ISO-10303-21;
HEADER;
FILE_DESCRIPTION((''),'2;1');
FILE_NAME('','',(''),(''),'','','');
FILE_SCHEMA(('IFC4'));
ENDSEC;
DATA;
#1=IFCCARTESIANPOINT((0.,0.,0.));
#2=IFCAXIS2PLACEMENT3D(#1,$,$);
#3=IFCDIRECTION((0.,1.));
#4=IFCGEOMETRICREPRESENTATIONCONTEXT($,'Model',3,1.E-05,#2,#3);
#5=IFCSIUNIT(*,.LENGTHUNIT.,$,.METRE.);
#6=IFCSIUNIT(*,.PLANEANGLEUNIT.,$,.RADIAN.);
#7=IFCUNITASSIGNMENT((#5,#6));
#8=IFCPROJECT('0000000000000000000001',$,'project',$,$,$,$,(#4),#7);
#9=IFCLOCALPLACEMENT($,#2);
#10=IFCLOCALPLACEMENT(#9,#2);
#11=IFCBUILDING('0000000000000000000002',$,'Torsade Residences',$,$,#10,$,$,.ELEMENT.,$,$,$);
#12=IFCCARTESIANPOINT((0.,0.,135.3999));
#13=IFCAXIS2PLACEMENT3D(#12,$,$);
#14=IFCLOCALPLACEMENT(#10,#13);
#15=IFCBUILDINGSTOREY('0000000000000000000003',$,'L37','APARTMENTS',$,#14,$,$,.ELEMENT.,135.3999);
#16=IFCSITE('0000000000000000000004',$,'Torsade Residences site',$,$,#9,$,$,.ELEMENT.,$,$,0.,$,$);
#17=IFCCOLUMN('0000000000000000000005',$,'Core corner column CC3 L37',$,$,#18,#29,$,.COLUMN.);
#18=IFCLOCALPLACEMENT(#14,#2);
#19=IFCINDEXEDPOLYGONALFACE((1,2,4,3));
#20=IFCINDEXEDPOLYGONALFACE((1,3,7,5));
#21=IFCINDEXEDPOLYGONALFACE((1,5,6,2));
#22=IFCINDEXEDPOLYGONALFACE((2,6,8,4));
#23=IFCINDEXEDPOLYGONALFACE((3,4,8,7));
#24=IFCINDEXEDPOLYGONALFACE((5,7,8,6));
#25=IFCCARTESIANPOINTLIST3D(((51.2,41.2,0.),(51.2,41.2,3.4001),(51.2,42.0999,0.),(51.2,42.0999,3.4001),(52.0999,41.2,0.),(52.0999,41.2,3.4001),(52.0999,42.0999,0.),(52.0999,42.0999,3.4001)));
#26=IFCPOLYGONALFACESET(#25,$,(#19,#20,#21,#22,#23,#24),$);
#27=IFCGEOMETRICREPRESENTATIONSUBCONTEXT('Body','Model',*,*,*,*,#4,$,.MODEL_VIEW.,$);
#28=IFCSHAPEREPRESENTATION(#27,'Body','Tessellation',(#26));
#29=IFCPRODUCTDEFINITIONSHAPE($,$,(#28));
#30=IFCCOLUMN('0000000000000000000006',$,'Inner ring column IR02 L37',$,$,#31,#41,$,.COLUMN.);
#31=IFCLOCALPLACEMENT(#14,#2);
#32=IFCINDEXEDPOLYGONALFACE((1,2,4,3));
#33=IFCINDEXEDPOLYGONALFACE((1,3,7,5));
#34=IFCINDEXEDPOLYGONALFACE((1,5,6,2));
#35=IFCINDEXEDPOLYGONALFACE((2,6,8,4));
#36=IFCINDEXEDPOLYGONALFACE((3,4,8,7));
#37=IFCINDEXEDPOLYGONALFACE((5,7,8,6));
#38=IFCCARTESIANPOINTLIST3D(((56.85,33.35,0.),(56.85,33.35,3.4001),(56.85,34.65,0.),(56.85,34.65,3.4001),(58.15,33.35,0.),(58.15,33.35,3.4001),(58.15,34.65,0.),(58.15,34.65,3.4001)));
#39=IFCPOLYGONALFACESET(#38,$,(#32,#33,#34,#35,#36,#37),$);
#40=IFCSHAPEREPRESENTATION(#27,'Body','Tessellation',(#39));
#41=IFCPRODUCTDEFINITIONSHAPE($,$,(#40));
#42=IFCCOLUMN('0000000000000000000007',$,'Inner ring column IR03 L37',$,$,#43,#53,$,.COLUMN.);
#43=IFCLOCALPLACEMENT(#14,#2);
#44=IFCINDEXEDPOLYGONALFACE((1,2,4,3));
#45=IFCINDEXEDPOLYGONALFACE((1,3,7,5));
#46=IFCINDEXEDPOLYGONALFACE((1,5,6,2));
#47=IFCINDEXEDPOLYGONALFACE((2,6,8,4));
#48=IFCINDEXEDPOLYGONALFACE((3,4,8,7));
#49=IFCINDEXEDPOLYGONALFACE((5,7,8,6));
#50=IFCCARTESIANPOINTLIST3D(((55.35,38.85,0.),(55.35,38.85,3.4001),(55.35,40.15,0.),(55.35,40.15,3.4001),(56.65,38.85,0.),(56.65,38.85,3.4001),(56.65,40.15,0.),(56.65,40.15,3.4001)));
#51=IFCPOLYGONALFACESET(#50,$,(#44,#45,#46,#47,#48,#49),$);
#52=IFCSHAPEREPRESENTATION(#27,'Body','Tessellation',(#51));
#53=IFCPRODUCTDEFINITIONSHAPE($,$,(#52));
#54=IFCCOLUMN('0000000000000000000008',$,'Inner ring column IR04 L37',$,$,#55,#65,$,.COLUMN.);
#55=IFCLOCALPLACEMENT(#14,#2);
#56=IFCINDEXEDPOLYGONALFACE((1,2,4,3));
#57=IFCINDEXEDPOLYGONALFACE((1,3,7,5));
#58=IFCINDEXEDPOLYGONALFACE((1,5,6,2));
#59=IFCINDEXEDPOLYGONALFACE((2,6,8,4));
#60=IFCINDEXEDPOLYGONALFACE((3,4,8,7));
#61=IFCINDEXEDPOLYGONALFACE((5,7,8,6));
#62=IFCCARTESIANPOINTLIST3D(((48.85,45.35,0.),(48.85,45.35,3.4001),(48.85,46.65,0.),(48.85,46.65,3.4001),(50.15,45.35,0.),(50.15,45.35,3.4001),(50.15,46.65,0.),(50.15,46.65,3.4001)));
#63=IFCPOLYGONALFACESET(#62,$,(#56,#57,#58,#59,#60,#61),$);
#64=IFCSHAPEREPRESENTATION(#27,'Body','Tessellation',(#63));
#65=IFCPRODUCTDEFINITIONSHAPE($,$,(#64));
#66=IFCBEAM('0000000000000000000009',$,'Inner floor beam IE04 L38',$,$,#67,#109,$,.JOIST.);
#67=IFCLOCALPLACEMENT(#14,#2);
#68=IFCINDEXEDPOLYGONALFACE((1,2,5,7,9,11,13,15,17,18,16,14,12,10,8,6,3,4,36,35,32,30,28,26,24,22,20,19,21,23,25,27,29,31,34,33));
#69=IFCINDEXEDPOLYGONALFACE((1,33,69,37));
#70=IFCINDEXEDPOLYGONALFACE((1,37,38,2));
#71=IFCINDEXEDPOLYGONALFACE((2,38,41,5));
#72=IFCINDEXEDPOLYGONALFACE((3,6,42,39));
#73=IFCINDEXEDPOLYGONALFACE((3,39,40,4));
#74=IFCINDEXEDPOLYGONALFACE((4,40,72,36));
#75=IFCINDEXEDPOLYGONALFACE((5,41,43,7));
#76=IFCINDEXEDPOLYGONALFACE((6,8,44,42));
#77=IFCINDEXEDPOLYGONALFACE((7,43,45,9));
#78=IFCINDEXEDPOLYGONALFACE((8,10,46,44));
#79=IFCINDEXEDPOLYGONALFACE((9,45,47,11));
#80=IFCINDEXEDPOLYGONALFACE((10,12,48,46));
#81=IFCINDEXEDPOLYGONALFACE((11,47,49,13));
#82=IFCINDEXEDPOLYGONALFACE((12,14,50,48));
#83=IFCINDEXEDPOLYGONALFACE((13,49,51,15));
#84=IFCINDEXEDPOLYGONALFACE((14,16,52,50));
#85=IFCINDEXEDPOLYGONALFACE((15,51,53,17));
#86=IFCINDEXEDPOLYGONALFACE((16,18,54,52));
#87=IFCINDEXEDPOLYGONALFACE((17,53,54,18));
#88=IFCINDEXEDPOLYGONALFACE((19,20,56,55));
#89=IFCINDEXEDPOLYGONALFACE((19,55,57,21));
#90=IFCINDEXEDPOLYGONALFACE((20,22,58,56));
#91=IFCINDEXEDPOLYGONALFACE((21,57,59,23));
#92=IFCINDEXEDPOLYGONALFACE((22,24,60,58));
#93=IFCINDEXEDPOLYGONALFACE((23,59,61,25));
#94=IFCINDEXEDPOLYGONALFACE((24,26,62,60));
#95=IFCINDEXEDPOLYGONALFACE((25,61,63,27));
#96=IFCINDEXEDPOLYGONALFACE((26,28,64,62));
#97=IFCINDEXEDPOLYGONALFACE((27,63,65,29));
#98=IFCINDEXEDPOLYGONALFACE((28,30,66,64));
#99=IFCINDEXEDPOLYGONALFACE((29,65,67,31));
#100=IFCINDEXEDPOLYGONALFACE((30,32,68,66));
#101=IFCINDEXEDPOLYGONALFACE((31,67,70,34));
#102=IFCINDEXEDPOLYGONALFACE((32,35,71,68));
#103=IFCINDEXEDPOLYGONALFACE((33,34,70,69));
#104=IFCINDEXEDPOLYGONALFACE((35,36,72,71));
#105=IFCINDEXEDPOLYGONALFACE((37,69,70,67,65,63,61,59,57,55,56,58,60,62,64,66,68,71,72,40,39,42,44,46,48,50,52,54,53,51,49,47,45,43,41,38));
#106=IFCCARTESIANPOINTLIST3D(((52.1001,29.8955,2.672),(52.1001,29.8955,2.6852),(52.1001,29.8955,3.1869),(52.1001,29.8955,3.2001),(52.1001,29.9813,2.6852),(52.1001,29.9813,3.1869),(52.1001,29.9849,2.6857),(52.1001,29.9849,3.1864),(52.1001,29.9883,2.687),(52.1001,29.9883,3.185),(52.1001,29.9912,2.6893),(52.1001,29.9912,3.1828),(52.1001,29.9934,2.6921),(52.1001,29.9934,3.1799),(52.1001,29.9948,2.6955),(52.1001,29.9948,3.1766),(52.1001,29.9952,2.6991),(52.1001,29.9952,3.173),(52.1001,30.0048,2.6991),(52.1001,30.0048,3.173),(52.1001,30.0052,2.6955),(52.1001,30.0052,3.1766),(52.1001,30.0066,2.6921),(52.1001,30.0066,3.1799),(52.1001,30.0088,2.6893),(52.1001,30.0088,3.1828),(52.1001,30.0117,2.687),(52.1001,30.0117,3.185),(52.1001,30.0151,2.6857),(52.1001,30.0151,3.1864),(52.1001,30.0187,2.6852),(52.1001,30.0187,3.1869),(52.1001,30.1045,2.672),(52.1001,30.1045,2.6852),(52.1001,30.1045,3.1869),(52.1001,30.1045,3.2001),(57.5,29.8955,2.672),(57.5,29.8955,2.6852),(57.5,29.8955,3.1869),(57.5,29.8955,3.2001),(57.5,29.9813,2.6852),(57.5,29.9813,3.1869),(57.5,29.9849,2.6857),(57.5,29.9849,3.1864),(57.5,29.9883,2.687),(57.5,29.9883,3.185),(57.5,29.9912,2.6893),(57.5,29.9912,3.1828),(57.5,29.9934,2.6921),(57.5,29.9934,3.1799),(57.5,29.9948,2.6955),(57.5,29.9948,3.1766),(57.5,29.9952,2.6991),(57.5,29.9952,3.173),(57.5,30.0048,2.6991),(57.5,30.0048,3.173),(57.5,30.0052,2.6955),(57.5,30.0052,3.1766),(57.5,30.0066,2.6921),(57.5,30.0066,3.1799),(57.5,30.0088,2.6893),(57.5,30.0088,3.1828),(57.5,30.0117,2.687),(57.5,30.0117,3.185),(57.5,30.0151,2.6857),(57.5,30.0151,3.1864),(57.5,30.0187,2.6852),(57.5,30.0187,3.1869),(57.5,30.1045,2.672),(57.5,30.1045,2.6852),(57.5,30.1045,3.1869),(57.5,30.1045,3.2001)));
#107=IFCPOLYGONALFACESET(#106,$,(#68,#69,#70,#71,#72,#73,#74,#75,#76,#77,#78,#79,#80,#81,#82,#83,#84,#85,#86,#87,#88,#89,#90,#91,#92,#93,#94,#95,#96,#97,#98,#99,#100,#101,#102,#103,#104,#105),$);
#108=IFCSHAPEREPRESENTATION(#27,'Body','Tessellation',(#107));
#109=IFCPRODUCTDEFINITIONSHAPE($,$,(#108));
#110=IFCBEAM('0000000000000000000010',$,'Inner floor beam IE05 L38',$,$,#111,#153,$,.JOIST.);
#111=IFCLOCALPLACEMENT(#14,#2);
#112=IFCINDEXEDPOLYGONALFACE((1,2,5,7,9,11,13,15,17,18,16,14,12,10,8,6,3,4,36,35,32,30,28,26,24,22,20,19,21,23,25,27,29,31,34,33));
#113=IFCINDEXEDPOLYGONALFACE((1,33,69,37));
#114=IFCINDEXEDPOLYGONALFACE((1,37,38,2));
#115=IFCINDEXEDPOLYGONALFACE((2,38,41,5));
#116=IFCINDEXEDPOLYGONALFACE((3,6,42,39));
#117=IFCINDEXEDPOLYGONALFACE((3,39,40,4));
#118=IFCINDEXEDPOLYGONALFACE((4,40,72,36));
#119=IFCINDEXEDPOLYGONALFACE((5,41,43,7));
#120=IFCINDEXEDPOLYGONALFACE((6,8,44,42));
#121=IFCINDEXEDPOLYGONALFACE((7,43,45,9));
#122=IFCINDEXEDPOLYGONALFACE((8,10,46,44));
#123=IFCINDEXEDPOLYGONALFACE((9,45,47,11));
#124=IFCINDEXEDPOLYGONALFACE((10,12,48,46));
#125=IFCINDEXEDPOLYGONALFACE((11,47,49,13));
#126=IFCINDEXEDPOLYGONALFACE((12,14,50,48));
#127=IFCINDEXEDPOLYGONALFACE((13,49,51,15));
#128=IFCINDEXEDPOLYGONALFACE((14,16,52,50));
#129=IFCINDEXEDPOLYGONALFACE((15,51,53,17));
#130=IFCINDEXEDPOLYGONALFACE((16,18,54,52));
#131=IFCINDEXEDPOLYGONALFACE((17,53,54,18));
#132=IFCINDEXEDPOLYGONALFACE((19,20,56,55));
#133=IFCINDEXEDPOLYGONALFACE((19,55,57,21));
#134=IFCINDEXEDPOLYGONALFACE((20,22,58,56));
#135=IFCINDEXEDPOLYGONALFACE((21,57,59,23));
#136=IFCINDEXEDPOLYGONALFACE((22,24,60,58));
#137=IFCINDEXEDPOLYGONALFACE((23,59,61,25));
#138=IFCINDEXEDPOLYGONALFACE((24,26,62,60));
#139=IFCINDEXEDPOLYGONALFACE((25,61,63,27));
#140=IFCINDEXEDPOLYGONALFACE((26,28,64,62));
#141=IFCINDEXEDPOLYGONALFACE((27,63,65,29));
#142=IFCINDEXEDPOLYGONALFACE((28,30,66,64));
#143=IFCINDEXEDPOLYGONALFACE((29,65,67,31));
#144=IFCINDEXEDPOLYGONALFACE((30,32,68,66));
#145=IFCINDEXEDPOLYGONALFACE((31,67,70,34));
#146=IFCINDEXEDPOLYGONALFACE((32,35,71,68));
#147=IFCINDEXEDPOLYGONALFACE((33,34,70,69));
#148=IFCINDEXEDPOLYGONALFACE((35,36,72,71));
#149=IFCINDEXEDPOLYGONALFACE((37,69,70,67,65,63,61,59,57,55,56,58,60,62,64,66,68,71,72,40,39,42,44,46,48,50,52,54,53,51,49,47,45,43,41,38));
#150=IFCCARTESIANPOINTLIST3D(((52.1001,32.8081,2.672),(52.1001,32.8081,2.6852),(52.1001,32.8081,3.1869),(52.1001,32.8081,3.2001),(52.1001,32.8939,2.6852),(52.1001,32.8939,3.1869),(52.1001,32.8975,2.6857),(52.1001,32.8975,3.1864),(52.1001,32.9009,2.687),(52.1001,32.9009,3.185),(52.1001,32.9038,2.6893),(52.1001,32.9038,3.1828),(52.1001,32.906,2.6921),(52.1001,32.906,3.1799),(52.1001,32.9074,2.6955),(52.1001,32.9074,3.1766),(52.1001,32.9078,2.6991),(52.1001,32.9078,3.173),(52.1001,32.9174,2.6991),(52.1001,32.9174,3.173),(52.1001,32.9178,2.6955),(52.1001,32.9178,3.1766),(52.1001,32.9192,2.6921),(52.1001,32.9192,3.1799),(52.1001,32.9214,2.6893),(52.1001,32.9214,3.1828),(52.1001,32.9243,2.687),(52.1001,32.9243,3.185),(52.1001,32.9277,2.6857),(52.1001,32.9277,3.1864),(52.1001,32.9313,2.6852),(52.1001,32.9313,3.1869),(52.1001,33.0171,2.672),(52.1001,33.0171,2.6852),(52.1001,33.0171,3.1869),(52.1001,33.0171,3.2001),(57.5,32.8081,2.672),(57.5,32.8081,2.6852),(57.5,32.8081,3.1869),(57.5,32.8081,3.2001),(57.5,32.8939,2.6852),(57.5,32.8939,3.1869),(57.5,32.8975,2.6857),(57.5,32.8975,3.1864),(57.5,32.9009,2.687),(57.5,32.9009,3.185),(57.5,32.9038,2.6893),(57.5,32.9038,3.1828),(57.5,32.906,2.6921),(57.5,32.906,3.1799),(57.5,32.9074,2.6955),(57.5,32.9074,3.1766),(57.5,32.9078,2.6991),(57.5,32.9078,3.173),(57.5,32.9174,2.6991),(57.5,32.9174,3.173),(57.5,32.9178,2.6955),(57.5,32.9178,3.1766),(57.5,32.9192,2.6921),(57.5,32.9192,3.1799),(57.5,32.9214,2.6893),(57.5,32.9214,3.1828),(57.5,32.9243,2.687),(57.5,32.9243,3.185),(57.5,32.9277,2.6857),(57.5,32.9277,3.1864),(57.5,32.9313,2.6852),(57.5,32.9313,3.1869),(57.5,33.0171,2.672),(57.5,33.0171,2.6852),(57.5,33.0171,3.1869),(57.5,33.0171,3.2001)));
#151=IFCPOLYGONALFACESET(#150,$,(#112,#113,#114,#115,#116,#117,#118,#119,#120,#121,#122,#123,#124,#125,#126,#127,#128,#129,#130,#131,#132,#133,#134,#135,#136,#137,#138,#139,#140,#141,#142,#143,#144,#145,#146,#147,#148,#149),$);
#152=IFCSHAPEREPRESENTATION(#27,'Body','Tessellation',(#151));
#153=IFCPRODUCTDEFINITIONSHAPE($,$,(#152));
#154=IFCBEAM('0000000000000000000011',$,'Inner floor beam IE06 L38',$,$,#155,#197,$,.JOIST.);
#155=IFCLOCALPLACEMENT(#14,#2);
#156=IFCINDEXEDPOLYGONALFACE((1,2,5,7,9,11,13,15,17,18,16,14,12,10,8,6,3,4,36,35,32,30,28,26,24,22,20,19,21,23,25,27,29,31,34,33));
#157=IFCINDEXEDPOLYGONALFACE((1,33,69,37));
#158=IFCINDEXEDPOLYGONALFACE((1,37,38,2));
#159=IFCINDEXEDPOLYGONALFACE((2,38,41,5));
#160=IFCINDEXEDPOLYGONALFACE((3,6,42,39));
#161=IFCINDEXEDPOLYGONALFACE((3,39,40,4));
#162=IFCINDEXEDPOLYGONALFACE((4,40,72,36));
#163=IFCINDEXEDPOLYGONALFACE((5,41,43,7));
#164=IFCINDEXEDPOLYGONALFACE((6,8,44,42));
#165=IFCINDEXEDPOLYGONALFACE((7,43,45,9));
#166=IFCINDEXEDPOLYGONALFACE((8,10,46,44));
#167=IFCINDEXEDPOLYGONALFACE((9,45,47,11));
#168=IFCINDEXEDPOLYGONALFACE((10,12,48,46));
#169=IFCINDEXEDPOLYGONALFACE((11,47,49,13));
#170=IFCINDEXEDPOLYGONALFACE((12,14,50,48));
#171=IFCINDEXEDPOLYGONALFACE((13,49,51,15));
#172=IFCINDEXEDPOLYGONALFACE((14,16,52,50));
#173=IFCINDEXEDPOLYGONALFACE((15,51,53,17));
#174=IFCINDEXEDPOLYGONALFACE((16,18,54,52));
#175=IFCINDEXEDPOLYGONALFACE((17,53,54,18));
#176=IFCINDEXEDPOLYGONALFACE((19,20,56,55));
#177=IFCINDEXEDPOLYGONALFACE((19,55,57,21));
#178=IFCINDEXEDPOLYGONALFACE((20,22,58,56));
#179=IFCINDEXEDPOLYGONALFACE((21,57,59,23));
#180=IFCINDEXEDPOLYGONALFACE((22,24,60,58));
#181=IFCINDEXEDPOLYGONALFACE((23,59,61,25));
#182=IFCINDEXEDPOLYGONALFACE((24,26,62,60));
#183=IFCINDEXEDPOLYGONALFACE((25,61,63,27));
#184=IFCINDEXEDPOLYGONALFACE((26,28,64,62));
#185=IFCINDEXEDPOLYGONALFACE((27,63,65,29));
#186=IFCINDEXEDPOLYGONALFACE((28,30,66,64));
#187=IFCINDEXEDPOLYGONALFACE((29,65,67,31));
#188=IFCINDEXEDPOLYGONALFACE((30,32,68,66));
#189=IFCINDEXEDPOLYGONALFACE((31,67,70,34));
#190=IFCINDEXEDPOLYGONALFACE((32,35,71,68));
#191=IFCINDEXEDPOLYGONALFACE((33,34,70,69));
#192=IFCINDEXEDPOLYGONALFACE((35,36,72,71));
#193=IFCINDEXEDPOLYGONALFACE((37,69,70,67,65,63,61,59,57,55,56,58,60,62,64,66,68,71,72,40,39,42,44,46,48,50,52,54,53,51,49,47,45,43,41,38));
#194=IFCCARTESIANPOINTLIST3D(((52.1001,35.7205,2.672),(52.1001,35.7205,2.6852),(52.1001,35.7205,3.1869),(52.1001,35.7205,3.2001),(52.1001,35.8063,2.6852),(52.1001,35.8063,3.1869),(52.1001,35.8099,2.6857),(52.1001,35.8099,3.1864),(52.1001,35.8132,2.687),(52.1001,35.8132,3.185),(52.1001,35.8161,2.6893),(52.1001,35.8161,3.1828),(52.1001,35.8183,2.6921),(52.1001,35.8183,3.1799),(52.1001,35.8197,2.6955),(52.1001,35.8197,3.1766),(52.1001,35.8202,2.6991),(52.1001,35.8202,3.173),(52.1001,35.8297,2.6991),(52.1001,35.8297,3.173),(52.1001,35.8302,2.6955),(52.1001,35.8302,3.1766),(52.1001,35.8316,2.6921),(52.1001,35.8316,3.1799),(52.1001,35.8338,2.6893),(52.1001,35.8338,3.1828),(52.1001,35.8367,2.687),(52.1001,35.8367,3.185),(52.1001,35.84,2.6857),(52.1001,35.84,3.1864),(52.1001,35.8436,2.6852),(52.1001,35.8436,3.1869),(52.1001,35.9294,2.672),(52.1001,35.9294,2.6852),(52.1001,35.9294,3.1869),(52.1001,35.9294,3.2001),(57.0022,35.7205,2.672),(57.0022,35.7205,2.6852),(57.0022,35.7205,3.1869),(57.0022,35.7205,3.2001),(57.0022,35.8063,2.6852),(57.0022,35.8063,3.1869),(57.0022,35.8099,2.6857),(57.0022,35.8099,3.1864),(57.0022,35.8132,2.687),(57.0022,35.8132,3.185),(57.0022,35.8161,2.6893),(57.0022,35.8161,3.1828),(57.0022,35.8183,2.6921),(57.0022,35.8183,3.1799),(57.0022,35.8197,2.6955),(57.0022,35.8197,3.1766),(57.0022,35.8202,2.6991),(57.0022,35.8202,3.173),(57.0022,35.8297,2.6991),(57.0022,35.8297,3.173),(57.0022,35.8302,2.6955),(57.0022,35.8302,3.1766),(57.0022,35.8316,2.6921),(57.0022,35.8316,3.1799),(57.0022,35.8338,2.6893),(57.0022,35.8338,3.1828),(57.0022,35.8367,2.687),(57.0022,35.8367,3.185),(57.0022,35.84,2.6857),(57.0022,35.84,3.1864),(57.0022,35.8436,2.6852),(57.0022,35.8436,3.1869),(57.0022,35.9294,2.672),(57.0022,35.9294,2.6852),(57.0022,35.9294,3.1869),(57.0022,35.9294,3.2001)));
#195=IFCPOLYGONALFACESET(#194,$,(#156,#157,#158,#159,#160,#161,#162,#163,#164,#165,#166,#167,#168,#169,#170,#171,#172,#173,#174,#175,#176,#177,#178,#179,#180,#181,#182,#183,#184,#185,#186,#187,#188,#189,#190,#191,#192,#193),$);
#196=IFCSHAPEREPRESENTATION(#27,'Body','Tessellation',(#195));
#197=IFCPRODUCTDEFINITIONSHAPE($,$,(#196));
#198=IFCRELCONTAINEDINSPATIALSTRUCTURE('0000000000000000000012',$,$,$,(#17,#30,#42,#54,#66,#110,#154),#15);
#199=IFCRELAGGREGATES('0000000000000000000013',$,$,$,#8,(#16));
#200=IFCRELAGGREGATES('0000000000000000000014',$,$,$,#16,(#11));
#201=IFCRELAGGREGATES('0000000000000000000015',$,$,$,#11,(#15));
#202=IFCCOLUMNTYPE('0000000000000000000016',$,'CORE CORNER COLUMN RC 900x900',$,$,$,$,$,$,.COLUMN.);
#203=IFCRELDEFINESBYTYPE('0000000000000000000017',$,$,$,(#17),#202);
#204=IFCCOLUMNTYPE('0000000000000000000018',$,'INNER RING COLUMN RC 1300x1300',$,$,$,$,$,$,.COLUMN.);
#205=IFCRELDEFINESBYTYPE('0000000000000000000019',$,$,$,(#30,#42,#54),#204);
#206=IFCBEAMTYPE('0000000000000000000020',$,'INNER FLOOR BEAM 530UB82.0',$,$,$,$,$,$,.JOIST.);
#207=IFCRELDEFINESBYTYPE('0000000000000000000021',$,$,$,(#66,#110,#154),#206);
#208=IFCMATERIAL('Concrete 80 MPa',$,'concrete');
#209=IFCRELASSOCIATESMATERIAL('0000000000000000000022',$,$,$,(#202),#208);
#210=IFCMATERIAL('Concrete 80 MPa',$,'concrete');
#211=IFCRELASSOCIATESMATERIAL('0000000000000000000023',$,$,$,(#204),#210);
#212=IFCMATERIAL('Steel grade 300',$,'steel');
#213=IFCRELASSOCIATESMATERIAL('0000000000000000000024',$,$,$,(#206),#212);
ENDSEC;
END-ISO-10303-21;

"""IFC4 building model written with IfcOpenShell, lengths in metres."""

from ifc_helpers import new_model, si_unit, direction, frame, origin, origin_2d, place, context, subcontext, project, spatial, rectangle, i_section, extrude, material, material_profile, profile_set, type_object, element, save


model = new_model("IFC4")

# Units and contexts
model_context = context("Model", 3, precision=1e-05, world=origin(), true_north=direction((0.0, 1.0)))
body_context = subcontext(model_context, "Body", "Model", "MODEL_VIEW")
ifc_project = project(units=[si_unit("LENGTHUNIT", "METRE"), si_unit("PLANEANGLEUNIT", "RADIAN")], contexts=[model_context])

# Site, building, storey
site_placement = place(None, origin())
site = spatial("IfcSite", under=ifc_project, at=site_placement, Name="Torsade Residences site", CompositionType="ELEMENT", RefElevation=0.0)
building_placement = place(site_placement, origin())
building = spatial("IfcBuilding", under=site, at=building_placement, Name="Torsade Residences", CompositionType="ELEMENT")
storey_placement = place(building_placement, frame((0.0, 0.0, 135.3999)))
storey = spatial("IfcBuildingStorey", under=building, at=storey_placement, Name="L37", Description="APARTMENTS", CompositionType="ELEMENT", Elevation=135.3999)

# Columns
ifc_material_1 = material(Name="Concrete 80 MPa", Category="concrete")
ifc_material_profile_1 = material_profile(ifc_material_1, rectangle(XDim=0.8999, YDim=0.8999, at=origin_2d()), Name="RC 900x900")
ifc_profile_set_1 = profile_set([ifc_material_profile_1], Name="Concrete 80 MPa")
column_type_1 = type_object("IfcColumnType", Name="CORE CORNER COLUMN RC 900x900", PredefinedType="COLUMN", material=ifc_profile_set_1)
column_placement = place(storey_placement, frame((51.6499, 41.6499, 0.0), z_axis=(0.0, 0.0, 1.0), x_axis=(1.0, 0.0, 0.0)))
element("IfcColumn", 1, at=column_placement, inside=storey, type_object=column_type_1, Name="Core corner column CC3 L37", PredefinedType="COLUMN", context=body_context, shape_type="SweptSolid", body=[
    extrude(rectangle(XDim=0.8999, YDim=0.8999, at=origin_2d()), origin(), (0.0, 0.0, 1.0), 3.4001),
])
ifc_material_2 = material(Name="Concrete 80 MPa", Category="concrete")
ifc_material_profile_2 = material_profile(ifc_material_2, rectangle(XDim=1.3, YDim=1.3, at=origin_2d()), Name="RC 1300x1300")
ifc_profile_set_2 = profile_set([ifc_material_profile_2], Name="Concrete 80 MPa")
column_type_2 = type_object("IfcColumnType", Name="INNER RING COLUMN RC 1300x1300", PredefinedType="COLUMN", material=ifc_profile_set_2)
for number, where, z_axis, x_axis, name in (
    (2, (57.5, 34.0, 0.0), (0.0, 0.0, 1.0), (1.0, 0.0, 0.0), "Inner ring column IR02 L37"),
    (3, (56.0, 39.5, 0.0), (0.0, 0.0, 1.0), (1.0, 0.0, 0.0), "Inner ring column IR03 L37"),
    (4, (49.5, 46.0, 0.0), (0.0, 0.0, 1.0), (1.0, 0.0, 0.0), "Inner ring column IR04 L37"),
):
    element("IfcColumn", number, at=place(storey_placement, frame(where, z_axis=z_axis, x_axis=x_axis)), inside=storey, type_object=column_type_2, Name=name, PredefinedType="COLUMN", context=body_context, shape_type="SweptSolid", body=[
        extrude(rectangle(XDim=1.3, YDim=1.3, at=origin_2d()), origin(), (0.0, 0.0, 1.0), 3.4001),
    ])

# Beams
ifc_material_3 = material(Name="Steel grade 300", Category="steel")
ifc_material_profile_3 = material_profile(ifc_material_3, i_section(OverallWidth=0.209, OverallDepth=0.5281, WebThickness=0.0095, FlangeThickness=0.0132, FilletRadius=0.0139, at=origin_2d()), Name="530UB82.0")
ifc_profile_set_3 = profile_set([ifc_material_profile_3], Name="Steel grade 300")
beam_type_1 = type_object("IfcBeamType", Name="INNER FLOOR BEAM 530UB82.0", PredefinedType="JOIST", material=ifc_profile_set_3)
for number, where, z_axis, x_axis, name in (
    (5, (52.1001, 30.0, 2.936), (1.0, 0.0, 0.0), (0.0, 1.0, 0.0), "Inner floor beam IE04 L38"),
    (6, (52.1001, 32.9126, 2.936), (1.0, 0.0, 0.0), (0.0, 1.0, 0.0), "Inner floor beam IE05 L38"),
):
    element("IfcBeam", number, at=place(storey_placement, frame(where, z_axis=z_axis, x_axis=x_axis)), inside=storey, type_object=beam_type_1, Name=name, PredefinedType="JOIST", context=body_context, shape_type="SweptSolid", body=[
        extrude(i_section(OverallWidth=0.209, OverallDepth=0.5281, WebThickness=0.0095, FlangeThickness=0.0132, FilletRadius=0.0139, at=origin_2d()), origin(), (0.0, 0.0, 1.0), 5.3999),
    ])
beam_1_placement = place(storey_placement, frame((52.1001, 35.825, 2.936), z_axis=(1.0, 0.0, 0.0), x_axis=(0.0, 1.0, 0.0)))
element("IfcBeam", 7, at=beam_1_placement, inside=storey, type_object=beam_type_1, Name="Inner floor beam IE06 L38", PredefinedType="JOIST", context=body_context, shape_type="SweptSolid", body=[
    extrude(i_section(OverallWidth=0.209, OverallDepth=0.5281, WebThickness=0.0095, FlangeThickness=0.0132, FilletRadius=0.0139, at=origin_2d()), origin(), (0.0, 0.0, 1.0), 4.9021),
])

save(model, "model.ifc")
